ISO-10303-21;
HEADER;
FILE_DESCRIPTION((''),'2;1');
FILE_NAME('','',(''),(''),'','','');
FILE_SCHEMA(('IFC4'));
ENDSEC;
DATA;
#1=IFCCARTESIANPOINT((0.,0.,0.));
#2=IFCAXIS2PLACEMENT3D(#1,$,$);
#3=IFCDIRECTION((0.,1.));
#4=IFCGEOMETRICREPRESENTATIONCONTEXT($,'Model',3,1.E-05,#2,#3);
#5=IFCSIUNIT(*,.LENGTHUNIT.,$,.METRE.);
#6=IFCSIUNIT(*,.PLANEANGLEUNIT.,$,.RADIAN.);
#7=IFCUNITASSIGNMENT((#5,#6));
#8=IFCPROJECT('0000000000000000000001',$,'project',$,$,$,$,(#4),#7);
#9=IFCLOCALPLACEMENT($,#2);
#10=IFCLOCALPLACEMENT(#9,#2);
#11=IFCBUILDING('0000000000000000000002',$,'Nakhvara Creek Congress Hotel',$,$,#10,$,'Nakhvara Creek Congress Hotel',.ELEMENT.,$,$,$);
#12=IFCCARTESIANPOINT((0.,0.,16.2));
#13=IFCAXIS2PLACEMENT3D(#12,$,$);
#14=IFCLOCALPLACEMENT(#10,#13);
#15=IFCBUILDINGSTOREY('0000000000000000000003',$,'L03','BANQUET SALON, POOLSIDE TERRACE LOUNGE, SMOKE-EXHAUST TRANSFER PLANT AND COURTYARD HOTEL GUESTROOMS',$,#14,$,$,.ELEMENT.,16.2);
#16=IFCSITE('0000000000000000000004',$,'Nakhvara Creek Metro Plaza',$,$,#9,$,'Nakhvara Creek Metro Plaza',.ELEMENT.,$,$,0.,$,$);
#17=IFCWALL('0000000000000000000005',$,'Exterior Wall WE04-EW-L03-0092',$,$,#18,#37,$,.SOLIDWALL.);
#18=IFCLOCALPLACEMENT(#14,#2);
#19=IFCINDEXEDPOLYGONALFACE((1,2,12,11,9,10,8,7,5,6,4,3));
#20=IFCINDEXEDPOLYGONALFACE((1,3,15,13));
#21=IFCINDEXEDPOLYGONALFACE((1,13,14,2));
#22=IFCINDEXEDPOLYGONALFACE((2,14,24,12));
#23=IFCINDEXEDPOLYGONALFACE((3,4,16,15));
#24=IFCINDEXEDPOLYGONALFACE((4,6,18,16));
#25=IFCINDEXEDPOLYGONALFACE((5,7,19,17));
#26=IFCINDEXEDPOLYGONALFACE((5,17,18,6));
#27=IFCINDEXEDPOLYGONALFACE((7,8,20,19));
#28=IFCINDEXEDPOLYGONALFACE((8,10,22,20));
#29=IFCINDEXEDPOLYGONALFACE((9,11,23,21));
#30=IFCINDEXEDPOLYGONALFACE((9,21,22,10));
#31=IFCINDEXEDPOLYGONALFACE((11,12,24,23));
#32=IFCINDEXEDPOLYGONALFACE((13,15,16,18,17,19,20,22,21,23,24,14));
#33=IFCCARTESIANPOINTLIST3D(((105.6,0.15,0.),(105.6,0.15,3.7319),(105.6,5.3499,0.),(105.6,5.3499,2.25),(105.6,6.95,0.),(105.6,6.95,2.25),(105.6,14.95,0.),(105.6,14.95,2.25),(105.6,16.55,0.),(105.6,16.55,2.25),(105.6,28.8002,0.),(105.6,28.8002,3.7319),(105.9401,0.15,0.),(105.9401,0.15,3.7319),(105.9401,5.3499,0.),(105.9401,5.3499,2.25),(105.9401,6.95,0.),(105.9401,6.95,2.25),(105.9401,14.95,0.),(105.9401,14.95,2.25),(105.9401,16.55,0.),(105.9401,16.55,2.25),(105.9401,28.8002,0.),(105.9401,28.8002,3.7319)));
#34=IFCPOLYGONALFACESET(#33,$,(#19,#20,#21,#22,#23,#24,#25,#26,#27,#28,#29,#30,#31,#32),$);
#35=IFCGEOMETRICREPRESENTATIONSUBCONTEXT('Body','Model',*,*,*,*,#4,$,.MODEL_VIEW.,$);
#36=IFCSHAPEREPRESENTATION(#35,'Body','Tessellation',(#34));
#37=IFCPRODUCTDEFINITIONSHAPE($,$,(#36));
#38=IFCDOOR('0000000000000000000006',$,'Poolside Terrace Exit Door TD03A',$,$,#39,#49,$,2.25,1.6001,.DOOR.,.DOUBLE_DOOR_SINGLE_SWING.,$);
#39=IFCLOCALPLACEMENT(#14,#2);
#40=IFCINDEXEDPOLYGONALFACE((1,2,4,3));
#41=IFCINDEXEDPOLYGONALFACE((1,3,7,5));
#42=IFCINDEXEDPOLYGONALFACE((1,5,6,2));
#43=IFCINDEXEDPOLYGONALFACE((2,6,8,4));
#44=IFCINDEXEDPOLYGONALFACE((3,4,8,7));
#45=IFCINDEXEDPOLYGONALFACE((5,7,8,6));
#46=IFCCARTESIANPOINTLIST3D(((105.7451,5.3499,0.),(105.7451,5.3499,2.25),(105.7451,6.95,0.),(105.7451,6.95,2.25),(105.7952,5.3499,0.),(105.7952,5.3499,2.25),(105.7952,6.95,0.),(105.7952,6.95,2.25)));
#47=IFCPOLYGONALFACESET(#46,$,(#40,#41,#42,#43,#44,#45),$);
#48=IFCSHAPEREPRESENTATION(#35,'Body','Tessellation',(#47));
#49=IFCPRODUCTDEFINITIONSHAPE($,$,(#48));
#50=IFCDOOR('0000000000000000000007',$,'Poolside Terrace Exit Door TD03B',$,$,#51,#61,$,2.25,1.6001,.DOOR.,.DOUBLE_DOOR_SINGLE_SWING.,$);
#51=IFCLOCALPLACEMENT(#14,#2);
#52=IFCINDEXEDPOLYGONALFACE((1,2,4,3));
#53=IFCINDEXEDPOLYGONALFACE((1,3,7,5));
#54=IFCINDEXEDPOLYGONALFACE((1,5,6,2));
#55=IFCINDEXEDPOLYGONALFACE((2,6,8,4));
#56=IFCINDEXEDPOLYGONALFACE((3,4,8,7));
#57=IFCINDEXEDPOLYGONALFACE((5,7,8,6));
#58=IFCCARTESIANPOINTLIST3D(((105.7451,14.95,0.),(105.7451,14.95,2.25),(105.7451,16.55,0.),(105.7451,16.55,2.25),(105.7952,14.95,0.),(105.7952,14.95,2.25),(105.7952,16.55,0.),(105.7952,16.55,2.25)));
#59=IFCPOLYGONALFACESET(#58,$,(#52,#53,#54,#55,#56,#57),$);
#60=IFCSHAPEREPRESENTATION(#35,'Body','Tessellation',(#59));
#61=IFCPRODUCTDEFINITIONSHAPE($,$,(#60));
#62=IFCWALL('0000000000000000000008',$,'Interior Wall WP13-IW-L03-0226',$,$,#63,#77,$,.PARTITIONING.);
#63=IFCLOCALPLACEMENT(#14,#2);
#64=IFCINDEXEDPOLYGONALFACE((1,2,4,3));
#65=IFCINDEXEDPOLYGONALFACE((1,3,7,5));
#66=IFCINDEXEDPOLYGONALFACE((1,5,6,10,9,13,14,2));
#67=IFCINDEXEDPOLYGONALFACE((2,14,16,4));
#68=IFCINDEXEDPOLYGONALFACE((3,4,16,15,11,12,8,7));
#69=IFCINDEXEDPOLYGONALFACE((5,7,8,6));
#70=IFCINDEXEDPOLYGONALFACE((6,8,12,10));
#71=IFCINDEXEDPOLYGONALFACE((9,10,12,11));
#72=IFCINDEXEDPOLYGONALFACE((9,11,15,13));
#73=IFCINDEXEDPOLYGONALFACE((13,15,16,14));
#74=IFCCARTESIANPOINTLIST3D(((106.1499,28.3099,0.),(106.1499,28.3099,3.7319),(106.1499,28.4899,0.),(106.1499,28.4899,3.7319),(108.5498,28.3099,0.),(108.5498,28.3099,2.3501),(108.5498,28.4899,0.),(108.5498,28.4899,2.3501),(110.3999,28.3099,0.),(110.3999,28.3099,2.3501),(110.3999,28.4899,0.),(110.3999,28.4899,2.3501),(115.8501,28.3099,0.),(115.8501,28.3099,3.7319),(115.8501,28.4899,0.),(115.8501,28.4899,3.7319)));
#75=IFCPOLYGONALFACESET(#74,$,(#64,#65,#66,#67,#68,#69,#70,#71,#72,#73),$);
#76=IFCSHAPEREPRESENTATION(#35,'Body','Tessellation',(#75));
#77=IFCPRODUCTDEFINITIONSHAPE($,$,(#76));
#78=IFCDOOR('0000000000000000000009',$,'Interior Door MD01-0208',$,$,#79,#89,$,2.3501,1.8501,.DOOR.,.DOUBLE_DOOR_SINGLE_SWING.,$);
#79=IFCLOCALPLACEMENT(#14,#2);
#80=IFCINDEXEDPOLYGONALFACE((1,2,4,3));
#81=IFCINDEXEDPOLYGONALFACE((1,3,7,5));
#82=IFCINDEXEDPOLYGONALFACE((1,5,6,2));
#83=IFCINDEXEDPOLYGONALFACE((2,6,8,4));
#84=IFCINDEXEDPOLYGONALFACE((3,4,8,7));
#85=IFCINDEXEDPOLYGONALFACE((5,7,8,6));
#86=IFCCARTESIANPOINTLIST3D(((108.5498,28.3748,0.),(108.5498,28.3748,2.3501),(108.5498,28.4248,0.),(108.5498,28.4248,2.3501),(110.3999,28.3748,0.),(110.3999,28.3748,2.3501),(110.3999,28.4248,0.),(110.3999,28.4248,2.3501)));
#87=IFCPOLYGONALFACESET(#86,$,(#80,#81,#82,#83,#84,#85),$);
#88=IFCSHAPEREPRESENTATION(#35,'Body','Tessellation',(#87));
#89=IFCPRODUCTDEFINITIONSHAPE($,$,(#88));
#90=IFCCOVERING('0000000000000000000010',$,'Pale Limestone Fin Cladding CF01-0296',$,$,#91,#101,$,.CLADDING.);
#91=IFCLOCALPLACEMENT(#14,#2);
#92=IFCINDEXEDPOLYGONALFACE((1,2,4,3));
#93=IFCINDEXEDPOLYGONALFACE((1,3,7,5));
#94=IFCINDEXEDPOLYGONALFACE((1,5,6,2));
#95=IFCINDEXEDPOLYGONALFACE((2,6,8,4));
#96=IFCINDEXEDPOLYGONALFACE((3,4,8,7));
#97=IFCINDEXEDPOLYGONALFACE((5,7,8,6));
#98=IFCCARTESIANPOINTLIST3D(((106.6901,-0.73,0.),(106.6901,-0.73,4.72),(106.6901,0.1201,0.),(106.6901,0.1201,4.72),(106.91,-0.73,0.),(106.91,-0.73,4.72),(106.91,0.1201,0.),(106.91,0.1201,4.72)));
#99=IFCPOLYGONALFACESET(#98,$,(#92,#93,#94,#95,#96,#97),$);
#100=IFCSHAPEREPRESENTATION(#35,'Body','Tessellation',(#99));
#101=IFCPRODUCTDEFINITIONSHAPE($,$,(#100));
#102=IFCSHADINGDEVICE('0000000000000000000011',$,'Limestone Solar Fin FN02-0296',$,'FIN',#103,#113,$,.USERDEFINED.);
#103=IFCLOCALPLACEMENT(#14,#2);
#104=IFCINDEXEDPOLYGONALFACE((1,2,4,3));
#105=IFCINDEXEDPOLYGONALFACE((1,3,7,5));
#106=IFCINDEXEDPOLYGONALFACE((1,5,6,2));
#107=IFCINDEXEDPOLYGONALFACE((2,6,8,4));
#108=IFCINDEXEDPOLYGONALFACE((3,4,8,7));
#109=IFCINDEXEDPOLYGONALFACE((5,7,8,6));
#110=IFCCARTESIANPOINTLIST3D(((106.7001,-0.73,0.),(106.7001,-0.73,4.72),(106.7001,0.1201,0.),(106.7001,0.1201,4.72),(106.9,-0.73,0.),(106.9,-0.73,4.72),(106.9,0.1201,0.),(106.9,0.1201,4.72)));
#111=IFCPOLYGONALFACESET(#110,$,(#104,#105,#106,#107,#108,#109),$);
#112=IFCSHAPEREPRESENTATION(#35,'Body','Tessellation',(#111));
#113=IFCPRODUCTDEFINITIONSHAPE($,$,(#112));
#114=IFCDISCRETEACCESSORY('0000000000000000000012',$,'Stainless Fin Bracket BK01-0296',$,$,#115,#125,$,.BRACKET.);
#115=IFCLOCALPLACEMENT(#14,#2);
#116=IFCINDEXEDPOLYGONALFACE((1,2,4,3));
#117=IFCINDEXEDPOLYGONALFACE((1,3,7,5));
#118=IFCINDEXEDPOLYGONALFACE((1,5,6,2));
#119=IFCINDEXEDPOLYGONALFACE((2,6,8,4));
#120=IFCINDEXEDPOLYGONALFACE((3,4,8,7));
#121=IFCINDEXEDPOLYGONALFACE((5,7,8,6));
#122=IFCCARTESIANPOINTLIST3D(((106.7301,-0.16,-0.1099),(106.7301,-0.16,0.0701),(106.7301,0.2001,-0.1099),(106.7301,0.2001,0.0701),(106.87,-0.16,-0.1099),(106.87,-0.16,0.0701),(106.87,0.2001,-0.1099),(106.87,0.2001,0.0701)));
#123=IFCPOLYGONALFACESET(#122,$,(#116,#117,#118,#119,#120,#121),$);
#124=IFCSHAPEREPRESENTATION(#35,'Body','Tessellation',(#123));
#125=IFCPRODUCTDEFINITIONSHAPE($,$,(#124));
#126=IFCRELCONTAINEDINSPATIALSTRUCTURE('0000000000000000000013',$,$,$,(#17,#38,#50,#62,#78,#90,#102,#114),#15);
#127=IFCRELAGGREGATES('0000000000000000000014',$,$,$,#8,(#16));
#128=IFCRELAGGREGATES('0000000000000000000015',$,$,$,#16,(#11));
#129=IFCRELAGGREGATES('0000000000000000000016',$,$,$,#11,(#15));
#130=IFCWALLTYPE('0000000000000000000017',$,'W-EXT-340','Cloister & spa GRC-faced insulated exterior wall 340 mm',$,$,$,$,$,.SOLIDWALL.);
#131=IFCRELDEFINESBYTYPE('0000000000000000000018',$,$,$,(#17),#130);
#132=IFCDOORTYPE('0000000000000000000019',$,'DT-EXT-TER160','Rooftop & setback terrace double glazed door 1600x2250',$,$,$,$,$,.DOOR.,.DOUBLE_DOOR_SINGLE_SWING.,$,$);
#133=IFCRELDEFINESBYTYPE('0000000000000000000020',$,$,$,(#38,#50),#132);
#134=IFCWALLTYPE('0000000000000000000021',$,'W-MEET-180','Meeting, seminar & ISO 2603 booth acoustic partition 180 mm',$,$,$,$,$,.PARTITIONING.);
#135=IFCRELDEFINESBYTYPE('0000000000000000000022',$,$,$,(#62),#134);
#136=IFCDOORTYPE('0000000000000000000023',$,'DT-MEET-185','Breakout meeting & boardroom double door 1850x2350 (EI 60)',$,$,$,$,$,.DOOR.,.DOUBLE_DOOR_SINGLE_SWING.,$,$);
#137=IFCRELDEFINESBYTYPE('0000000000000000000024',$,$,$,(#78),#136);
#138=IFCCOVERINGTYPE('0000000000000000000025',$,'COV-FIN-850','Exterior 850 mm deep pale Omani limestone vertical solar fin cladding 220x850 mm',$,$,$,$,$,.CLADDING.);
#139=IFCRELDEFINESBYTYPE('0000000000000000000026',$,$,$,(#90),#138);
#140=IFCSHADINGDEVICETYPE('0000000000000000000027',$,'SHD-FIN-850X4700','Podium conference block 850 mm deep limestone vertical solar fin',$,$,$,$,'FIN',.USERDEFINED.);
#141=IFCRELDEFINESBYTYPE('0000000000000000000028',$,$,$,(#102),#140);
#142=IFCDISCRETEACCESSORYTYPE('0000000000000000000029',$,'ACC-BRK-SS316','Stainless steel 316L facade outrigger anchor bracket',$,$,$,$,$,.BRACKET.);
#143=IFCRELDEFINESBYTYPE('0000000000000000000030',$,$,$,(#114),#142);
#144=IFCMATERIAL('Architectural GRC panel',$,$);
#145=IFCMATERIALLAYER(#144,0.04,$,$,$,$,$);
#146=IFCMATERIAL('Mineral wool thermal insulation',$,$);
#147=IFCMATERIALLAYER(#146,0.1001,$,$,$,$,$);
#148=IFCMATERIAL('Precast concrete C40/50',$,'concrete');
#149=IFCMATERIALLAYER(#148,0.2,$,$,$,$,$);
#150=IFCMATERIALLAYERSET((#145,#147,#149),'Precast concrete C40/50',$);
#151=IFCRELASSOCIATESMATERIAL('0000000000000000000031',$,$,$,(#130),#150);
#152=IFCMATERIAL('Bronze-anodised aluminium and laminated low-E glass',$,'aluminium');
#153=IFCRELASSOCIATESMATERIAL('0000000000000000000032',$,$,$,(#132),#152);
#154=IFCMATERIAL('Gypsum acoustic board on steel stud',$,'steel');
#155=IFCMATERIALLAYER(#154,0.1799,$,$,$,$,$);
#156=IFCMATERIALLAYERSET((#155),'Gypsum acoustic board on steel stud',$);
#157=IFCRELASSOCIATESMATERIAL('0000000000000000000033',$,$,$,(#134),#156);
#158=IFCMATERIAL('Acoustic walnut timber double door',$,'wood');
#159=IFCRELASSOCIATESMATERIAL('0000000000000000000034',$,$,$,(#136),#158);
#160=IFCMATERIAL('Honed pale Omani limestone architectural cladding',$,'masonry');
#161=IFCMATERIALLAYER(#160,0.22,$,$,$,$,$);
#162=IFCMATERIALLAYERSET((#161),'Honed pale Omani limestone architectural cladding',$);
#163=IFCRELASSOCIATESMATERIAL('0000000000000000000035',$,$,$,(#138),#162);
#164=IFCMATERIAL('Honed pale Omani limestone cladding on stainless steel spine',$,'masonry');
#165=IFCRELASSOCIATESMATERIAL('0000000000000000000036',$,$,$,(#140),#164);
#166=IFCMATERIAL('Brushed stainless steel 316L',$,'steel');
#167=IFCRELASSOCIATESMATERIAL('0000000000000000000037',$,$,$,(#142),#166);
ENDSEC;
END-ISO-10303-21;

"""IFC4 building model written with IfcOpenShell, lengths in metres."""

from ifc_helpers import new_model, si_unit, direction, frame, frame_2d, origin, origin_2d, place, context, subcontext, project, spatial, rectangle, extrude, material, layer, layer_set, type_object, element, fill, save


model = new_model("IFC4")

# Units and contexts
model_context = context("Model", 3, precision=1e-05, world=origin(), true_north=direction((0.0, 1.0)))
body_context = subcontext(model_context, "Body", "Model", "MODEL_VIEW")
ifc_project = project(units=[si_unit("LENGTHUNIT", "METRE"), si_unit("PLANEANGLEUNIT", "RADIAN")], contexts=[model_context])

# Site, building, storey
site_placement = place(None, origin())
site = spatial("IfcSite", under=ifc_project, at=site_placement, Name="Nakhvara Creek Metro Plaza", LongName="Nakhvara Creek Metro Plaza", CompositionType="ELEMENT", RefElevation=0.0)
building_placement = place(site_placement, origin())
building = spatial("IfcBuilding", under=site, at=building_placement, Name="Nakhvara Creek Congress Hotel", LongName="Nakhvara Creek Congress Hotel", CompositionType="ELEMENT")
storey_placement = place(building_placement, frame((0.0, 0.0, 16.2)))
storey = spatial("IfcBuildingStorey", under=building, at=storey_placement, Name="L03", Description="BANQUET SALON, POOLSIDE TERRACE LOUNGE, SMOKE-EXHAUST TRANSFER PLANT AND COURTYARD HOTEL GUESTROOMS", CompositionType="ELEMENT", Elevation=16.2)

# Wall, openings, doors
ifc_material_1 = material(Name="Architectural GRC panel")
ifc_layer_1 = layer(ifc_material_1, 0.04)
ifc_material_2 = material(Name="Mineral wool thermal insulation")
ifc_layer_2 = layer(ifc_material_2, 0.1001)
ifc_material_3 = material(Name="Precast concrete C40/50", Category="concrete")
ifc_layer_3 = layer(ifc_material_3, 0.2)
ifc_layer_set_1 = layer_set([ifc_layer_1, ifc_layer_2, ifc_layer_3], Name="Precast concrete C40/50")
wall_type_1 = type_object("IfcWallType", Name="W-EXT-340", Description="Cloister & spa GRC-faced insulated exterior wall 340 mm", PredefinedType="SOLIDWALL", material=ifc_layer_set_1)
wall_1_placement = place(storey_placement, frame((105.77, 0.1499, 0.0), z_axis=(0.0, 0.0, 1.0), x_axis=(0.0, 1.0, 0.0)))
wall_1 = element("IfcWall", 1, at=wall_1_placement, inside=storey, type_object=wall_type_1, Name="Exterior Wall WE04-EW-L03-0092", PredefinedType="SOLIDWALL", context=body_context, shape_type="SweptSolid", body=[
    extrude(rectangle(XDim=28.6501, YDim=0.3401, at=frame_2d((14.3252, 0.0))), origin(), (0.0, 0.0, 1.0), 3.7319),
])
opening_1_placement = place(wall_1_placement, frame((5.2, 0.0, 0.0)))
opening_1 = element("IfcOpeningElement", 2, at=opening_1_placement, cuts=wall_1, PredefinedType="OPENING", context=body_context, shape_type="SweptSolid", body=[
    extrude(rectangle(XDim=1.6001, YDim=2.25, at=frame_2d((0.8, 1.125))), frame((0.0, 0.1821, 0.0), z_axis=(0.0, -1.0, 0.0), x_axis=(1.0, 0.0, 0.0)), (0.0, 0.0, 1.0), 0.364),
])
opening_2_placement = place(wall_1_placement, frame((14.8, 0.0, 0.0)))
opening_2 = element("IfcOpeningElement", 3, at=opening_2_placement, cuts=wall_1, PredefinedType="OPENING", context=body_context, shape_type="SweptSolid", body=[
    extrude(rectangle(XDim=1.6001, YDim=2.25, at=frame_2d((0.8, 1.125))), frame((0.0, 0.1821, 0.0), z_axis=(0.0, -1.0, 0.0), x_axis=(1.0, 0.0, 0.0)), (0.0, 0.0, 1.0), 0.364),
])
ifc_material_4 = material(Name="Bronze-anodised aluminium and laminated low-E glass", Category="aluminium")
door_type_1 = type_object("IfcDoorType", Name="DT-EXT-TER160", Description="Rooftop & setback terrace double glazed door 1600x2250", OperationType="DOUBLE_DOOR_SINGLE_SWING", PredefinedType="DOOR", material=ifc_material_4)
door_1_placement = place(opening_1_placement, origin())
door_1 = element("IfcDoor", 4, at=door_1_placement, inside=storey, type_object=door_type_1, Name="Poolside Terrace Exit Door TD03A", OperationType="DOUBLE_DOOR_SINGLE_SWING", OverallHeight=2.25, OverallWidth=1.6001, PredefinedType="DOOR", context=body_context, shape_type="SweptSolid", body=[
    extrude(rectangle(XDim=1.6001, YDim=2.25, at=frame_2d((0.8, 1.125))), frame((0.0, 0.0249, 0.0), z_axis=(0.0, -1.0, 0.0), x_axis=(1.0, 0.0, 0.0)), (0.0, 0.0, 1.0), 0.05),
])
fill(opening_1, door_1)
door_2_placement = place(opening_2_placement, origin())
door_2 = element("IfcDoor", 5, at=door_2_placement, inside=storey, type_object=door_type_1, Name="Poolside Terrace Exit Door TD03B", OperationType="DOUBLE_DOOR_SINGLE_SWING", OverallHeight=2.25, OverallWidth=1.6001, PredefinedType="DOOR", context=body_context, shape_type="SweptSolid", body=[
    extrude(rectangle(XDim=1.6001, YDim=2.25, at=frame_2d((0.8, 1.125))), frame((0.0, 0.0249, 0.0), z_axis=(0.0, -1.0, 0.0), x_axis=(1.0, 0.0, 0.0)), (0.0, 0.0, 1.0), 0.05),
])
fill(opening_2, door_2)

# Wall, opening, door
ifc_material_5 = material(Name="Gypsum acoustic board on steel stud", Category="steel")
ifc_layer_4 = layer(ifc_material_5, 0.1799)
ifc_layer_set_2 = layer_set([ifc_layer_4], Name="Gypsum acoustic board on steel stud")
wall_type_2 = type_object("IfcWallType", Name="W-MEET-180", Description="Meeting, seminar & ISO 2603 booth acoustic partition 180 mm", PredefinedType="PARTITIONING", material=ifc_layer_set_2)
wall_2_placement = place(storey_placement, frame((106.1499, 28.3999, 0.0), z_axis=(0.0, 0.0, 1.0), x_axis=(1.0, 0.0, 0.0)))
wall_2 = element("IfcWall", 6, at=wall_2_placement, inside=storey, type_object=wall_type_2, Name="Interior Wall WP13-IW-L03-0226", PredefinedType="PARTITIONING", context=body_context, shape_type="SweptSolid", body=[
    extrude(rectangle(XDim=9.7002, YDim=0.1799, at=frame_2d((4.8501, 0.0))), origin(), (0.0, 0.0, 1.0), 3.7319),
])
opening_3_placement = place(wall_2_placement, frame((2.3999, 0.0, 0.0)))
opening_3 = element("IfcOpeningElement", 7, at=opening_3_placement, cuts=wall_2, PredefinedType="OPENING", context=body_context, shape_type="SweptSolid", body=[
    extrude(rectangle(XDim=1.8501, YDim=2.3501, at=frame_2d((0.925, 1.175))), frame((0.0, 0.1021, 0.0), z_axis=(0.0, -1.0, 0.0), x_axis=(1.0, 0.0, 0.0)), (0.0, 0.0, 1.0), 0.2039),
])
ifc_material_6 = material(Name="Acoustic walnut timber double door", Category="wood")
door_type_2 = type_object("IfcDoorType", Name="DT-MEET-185", Description="Breakout meeting & boardroom double door 1850x2350 (EI 60)", OperationType="DOUBLE_DOOR_SINGLE_SWING", PredefinedType="DOOR", material=ifc_material_6)
door_3_placement = place(opening_3_placement, origin())
door_3 = element("IfcDoor", 8, at=door_3_placement, inside=storey, type_object=door_type_2, Name="Interior Door MD01-0208", OperationType="DOUBLE_DOOR_SINGLE_SWING", OverallHeight=2.3501, OverallWidth=1.8501, PredefinedType="DOOR", context=body_context, shape_type="SweptSolid", body=[
    extrude(rectangle(XDim=1.8501, YDim=2.3501, at=frame_2d((0.925, 1.175))), frame((0.0, 0.0249, 0.0), z_axis=(0.0, -1.0, 0.0), x_axis=(1.0, 0.0, 0.0)), (0.0, 0.0, 1.0), 0.05),
])
fill(opening_3, door_3)

# Covering
ifc_material_7 = material(Name="Honed pale Omani limestone architectural cladding", Category="masonry")
ifc_layer_5 = layer(ifc_material_7, 0.22)
ifc_layer_set_3 = layer_set([ifc_layer_5], Name="Honed pale Omani limestone architectural cladding")
covering_type = type_object("IfcCoveringType", Name="COV-FIN-850", Description="Exterior 850 mm deep pale Omani limestone vertical solar fin cladding 220x850 mm", PredefinedType="CLADDING", material=ifc_layer_set_3)
covering_placement = place(storey_placement, frame((106.8, -0.3049, 0.0), z_axis=(0.0, 0.0, 1.0), x_axis=(1.0, 0.0, 0.0)))
element("IfcCovering", 9, at=covering_placement, inside=storey, type_object=covering_type, Name="Pale Limestone Fin Cladding CF01-0296", PredefinedType="CLADDING", context=body_context, shape_type="SweptSolid", body=[
    extrude(rectangle(XDim=0.22, YDim=0.8501, at=origin_2d()), origin(), (0.0, 0.0, 1.0), 4.72),
])

# Shading device
ifc_material_8 = material(Name="Honed pale Omani limestone cladding on stainless steel spine", Category="masonry")
shading_device_type = type_object("IfcShadingDeviceType", Name="SHD-FIN-850X4700", Description="Podium conference block 850 mm deep limestone vertical solar fin", ElementType="FIN", PredefinedType="USERDEFINED", material=ifc_material_8)
shading_device_placement = place(storey_placement, frame((106.8, -0.3049, 0.0), z_axis=(0.0, 0.0, 1.0), x_axis=(1.0, 0.0, 0.0)))
element("IfcShadingDevice", 10, at=shading_device_placement, inside=storey, type_object=shading_device_type, Name="Limestone Solar Fin FN02-0296", ObjectType="FIN", PredefinedType="USERDEFINED", context=body_context, shape_type="SweptSolid", body=[
    extrude(rectangle(XDim=0.2, YDim=0.8501, at=origin_2d()), origin(), (0.0, 0.0, 1.0), 4.72),
])

# Discrete accessory
ifc_material_9 = material(Name="Brushed stainless steel 316L", Category="steel")
discrete_accessory_type = type_object("IfcDiscreteAccessoryType", Name="ACC-BRK-SS316", Description="Stainless steel 316L facade outrigger anchor bracket", PredefinedType="BRACKET", material=ifc_material_9)
discrete_accessory_placement = place(storey_placement, frame((106.8, 0.02, -0.1099), z_axis=(0.0, 0.0, 1.0), x_axis=(1.0, 0.0, 0.0)))
element("IfcDiscreteAccessory", 11, at=discrete_accessory_placement, inside=storey, type_object=discrete_accessory_type, Name="Stainless Fin Bracket BK01-0296", PredefinedType="BRACKET", context=body_context, shape_type="SweptSolid", body=[
    extrude(rectangle(XDim=0.1399, YDim=0.3601, at=origin_2d()), origin(), (0.0, 0.0, 1.0), 0.1799),
])

save(model, "model.ifc")
